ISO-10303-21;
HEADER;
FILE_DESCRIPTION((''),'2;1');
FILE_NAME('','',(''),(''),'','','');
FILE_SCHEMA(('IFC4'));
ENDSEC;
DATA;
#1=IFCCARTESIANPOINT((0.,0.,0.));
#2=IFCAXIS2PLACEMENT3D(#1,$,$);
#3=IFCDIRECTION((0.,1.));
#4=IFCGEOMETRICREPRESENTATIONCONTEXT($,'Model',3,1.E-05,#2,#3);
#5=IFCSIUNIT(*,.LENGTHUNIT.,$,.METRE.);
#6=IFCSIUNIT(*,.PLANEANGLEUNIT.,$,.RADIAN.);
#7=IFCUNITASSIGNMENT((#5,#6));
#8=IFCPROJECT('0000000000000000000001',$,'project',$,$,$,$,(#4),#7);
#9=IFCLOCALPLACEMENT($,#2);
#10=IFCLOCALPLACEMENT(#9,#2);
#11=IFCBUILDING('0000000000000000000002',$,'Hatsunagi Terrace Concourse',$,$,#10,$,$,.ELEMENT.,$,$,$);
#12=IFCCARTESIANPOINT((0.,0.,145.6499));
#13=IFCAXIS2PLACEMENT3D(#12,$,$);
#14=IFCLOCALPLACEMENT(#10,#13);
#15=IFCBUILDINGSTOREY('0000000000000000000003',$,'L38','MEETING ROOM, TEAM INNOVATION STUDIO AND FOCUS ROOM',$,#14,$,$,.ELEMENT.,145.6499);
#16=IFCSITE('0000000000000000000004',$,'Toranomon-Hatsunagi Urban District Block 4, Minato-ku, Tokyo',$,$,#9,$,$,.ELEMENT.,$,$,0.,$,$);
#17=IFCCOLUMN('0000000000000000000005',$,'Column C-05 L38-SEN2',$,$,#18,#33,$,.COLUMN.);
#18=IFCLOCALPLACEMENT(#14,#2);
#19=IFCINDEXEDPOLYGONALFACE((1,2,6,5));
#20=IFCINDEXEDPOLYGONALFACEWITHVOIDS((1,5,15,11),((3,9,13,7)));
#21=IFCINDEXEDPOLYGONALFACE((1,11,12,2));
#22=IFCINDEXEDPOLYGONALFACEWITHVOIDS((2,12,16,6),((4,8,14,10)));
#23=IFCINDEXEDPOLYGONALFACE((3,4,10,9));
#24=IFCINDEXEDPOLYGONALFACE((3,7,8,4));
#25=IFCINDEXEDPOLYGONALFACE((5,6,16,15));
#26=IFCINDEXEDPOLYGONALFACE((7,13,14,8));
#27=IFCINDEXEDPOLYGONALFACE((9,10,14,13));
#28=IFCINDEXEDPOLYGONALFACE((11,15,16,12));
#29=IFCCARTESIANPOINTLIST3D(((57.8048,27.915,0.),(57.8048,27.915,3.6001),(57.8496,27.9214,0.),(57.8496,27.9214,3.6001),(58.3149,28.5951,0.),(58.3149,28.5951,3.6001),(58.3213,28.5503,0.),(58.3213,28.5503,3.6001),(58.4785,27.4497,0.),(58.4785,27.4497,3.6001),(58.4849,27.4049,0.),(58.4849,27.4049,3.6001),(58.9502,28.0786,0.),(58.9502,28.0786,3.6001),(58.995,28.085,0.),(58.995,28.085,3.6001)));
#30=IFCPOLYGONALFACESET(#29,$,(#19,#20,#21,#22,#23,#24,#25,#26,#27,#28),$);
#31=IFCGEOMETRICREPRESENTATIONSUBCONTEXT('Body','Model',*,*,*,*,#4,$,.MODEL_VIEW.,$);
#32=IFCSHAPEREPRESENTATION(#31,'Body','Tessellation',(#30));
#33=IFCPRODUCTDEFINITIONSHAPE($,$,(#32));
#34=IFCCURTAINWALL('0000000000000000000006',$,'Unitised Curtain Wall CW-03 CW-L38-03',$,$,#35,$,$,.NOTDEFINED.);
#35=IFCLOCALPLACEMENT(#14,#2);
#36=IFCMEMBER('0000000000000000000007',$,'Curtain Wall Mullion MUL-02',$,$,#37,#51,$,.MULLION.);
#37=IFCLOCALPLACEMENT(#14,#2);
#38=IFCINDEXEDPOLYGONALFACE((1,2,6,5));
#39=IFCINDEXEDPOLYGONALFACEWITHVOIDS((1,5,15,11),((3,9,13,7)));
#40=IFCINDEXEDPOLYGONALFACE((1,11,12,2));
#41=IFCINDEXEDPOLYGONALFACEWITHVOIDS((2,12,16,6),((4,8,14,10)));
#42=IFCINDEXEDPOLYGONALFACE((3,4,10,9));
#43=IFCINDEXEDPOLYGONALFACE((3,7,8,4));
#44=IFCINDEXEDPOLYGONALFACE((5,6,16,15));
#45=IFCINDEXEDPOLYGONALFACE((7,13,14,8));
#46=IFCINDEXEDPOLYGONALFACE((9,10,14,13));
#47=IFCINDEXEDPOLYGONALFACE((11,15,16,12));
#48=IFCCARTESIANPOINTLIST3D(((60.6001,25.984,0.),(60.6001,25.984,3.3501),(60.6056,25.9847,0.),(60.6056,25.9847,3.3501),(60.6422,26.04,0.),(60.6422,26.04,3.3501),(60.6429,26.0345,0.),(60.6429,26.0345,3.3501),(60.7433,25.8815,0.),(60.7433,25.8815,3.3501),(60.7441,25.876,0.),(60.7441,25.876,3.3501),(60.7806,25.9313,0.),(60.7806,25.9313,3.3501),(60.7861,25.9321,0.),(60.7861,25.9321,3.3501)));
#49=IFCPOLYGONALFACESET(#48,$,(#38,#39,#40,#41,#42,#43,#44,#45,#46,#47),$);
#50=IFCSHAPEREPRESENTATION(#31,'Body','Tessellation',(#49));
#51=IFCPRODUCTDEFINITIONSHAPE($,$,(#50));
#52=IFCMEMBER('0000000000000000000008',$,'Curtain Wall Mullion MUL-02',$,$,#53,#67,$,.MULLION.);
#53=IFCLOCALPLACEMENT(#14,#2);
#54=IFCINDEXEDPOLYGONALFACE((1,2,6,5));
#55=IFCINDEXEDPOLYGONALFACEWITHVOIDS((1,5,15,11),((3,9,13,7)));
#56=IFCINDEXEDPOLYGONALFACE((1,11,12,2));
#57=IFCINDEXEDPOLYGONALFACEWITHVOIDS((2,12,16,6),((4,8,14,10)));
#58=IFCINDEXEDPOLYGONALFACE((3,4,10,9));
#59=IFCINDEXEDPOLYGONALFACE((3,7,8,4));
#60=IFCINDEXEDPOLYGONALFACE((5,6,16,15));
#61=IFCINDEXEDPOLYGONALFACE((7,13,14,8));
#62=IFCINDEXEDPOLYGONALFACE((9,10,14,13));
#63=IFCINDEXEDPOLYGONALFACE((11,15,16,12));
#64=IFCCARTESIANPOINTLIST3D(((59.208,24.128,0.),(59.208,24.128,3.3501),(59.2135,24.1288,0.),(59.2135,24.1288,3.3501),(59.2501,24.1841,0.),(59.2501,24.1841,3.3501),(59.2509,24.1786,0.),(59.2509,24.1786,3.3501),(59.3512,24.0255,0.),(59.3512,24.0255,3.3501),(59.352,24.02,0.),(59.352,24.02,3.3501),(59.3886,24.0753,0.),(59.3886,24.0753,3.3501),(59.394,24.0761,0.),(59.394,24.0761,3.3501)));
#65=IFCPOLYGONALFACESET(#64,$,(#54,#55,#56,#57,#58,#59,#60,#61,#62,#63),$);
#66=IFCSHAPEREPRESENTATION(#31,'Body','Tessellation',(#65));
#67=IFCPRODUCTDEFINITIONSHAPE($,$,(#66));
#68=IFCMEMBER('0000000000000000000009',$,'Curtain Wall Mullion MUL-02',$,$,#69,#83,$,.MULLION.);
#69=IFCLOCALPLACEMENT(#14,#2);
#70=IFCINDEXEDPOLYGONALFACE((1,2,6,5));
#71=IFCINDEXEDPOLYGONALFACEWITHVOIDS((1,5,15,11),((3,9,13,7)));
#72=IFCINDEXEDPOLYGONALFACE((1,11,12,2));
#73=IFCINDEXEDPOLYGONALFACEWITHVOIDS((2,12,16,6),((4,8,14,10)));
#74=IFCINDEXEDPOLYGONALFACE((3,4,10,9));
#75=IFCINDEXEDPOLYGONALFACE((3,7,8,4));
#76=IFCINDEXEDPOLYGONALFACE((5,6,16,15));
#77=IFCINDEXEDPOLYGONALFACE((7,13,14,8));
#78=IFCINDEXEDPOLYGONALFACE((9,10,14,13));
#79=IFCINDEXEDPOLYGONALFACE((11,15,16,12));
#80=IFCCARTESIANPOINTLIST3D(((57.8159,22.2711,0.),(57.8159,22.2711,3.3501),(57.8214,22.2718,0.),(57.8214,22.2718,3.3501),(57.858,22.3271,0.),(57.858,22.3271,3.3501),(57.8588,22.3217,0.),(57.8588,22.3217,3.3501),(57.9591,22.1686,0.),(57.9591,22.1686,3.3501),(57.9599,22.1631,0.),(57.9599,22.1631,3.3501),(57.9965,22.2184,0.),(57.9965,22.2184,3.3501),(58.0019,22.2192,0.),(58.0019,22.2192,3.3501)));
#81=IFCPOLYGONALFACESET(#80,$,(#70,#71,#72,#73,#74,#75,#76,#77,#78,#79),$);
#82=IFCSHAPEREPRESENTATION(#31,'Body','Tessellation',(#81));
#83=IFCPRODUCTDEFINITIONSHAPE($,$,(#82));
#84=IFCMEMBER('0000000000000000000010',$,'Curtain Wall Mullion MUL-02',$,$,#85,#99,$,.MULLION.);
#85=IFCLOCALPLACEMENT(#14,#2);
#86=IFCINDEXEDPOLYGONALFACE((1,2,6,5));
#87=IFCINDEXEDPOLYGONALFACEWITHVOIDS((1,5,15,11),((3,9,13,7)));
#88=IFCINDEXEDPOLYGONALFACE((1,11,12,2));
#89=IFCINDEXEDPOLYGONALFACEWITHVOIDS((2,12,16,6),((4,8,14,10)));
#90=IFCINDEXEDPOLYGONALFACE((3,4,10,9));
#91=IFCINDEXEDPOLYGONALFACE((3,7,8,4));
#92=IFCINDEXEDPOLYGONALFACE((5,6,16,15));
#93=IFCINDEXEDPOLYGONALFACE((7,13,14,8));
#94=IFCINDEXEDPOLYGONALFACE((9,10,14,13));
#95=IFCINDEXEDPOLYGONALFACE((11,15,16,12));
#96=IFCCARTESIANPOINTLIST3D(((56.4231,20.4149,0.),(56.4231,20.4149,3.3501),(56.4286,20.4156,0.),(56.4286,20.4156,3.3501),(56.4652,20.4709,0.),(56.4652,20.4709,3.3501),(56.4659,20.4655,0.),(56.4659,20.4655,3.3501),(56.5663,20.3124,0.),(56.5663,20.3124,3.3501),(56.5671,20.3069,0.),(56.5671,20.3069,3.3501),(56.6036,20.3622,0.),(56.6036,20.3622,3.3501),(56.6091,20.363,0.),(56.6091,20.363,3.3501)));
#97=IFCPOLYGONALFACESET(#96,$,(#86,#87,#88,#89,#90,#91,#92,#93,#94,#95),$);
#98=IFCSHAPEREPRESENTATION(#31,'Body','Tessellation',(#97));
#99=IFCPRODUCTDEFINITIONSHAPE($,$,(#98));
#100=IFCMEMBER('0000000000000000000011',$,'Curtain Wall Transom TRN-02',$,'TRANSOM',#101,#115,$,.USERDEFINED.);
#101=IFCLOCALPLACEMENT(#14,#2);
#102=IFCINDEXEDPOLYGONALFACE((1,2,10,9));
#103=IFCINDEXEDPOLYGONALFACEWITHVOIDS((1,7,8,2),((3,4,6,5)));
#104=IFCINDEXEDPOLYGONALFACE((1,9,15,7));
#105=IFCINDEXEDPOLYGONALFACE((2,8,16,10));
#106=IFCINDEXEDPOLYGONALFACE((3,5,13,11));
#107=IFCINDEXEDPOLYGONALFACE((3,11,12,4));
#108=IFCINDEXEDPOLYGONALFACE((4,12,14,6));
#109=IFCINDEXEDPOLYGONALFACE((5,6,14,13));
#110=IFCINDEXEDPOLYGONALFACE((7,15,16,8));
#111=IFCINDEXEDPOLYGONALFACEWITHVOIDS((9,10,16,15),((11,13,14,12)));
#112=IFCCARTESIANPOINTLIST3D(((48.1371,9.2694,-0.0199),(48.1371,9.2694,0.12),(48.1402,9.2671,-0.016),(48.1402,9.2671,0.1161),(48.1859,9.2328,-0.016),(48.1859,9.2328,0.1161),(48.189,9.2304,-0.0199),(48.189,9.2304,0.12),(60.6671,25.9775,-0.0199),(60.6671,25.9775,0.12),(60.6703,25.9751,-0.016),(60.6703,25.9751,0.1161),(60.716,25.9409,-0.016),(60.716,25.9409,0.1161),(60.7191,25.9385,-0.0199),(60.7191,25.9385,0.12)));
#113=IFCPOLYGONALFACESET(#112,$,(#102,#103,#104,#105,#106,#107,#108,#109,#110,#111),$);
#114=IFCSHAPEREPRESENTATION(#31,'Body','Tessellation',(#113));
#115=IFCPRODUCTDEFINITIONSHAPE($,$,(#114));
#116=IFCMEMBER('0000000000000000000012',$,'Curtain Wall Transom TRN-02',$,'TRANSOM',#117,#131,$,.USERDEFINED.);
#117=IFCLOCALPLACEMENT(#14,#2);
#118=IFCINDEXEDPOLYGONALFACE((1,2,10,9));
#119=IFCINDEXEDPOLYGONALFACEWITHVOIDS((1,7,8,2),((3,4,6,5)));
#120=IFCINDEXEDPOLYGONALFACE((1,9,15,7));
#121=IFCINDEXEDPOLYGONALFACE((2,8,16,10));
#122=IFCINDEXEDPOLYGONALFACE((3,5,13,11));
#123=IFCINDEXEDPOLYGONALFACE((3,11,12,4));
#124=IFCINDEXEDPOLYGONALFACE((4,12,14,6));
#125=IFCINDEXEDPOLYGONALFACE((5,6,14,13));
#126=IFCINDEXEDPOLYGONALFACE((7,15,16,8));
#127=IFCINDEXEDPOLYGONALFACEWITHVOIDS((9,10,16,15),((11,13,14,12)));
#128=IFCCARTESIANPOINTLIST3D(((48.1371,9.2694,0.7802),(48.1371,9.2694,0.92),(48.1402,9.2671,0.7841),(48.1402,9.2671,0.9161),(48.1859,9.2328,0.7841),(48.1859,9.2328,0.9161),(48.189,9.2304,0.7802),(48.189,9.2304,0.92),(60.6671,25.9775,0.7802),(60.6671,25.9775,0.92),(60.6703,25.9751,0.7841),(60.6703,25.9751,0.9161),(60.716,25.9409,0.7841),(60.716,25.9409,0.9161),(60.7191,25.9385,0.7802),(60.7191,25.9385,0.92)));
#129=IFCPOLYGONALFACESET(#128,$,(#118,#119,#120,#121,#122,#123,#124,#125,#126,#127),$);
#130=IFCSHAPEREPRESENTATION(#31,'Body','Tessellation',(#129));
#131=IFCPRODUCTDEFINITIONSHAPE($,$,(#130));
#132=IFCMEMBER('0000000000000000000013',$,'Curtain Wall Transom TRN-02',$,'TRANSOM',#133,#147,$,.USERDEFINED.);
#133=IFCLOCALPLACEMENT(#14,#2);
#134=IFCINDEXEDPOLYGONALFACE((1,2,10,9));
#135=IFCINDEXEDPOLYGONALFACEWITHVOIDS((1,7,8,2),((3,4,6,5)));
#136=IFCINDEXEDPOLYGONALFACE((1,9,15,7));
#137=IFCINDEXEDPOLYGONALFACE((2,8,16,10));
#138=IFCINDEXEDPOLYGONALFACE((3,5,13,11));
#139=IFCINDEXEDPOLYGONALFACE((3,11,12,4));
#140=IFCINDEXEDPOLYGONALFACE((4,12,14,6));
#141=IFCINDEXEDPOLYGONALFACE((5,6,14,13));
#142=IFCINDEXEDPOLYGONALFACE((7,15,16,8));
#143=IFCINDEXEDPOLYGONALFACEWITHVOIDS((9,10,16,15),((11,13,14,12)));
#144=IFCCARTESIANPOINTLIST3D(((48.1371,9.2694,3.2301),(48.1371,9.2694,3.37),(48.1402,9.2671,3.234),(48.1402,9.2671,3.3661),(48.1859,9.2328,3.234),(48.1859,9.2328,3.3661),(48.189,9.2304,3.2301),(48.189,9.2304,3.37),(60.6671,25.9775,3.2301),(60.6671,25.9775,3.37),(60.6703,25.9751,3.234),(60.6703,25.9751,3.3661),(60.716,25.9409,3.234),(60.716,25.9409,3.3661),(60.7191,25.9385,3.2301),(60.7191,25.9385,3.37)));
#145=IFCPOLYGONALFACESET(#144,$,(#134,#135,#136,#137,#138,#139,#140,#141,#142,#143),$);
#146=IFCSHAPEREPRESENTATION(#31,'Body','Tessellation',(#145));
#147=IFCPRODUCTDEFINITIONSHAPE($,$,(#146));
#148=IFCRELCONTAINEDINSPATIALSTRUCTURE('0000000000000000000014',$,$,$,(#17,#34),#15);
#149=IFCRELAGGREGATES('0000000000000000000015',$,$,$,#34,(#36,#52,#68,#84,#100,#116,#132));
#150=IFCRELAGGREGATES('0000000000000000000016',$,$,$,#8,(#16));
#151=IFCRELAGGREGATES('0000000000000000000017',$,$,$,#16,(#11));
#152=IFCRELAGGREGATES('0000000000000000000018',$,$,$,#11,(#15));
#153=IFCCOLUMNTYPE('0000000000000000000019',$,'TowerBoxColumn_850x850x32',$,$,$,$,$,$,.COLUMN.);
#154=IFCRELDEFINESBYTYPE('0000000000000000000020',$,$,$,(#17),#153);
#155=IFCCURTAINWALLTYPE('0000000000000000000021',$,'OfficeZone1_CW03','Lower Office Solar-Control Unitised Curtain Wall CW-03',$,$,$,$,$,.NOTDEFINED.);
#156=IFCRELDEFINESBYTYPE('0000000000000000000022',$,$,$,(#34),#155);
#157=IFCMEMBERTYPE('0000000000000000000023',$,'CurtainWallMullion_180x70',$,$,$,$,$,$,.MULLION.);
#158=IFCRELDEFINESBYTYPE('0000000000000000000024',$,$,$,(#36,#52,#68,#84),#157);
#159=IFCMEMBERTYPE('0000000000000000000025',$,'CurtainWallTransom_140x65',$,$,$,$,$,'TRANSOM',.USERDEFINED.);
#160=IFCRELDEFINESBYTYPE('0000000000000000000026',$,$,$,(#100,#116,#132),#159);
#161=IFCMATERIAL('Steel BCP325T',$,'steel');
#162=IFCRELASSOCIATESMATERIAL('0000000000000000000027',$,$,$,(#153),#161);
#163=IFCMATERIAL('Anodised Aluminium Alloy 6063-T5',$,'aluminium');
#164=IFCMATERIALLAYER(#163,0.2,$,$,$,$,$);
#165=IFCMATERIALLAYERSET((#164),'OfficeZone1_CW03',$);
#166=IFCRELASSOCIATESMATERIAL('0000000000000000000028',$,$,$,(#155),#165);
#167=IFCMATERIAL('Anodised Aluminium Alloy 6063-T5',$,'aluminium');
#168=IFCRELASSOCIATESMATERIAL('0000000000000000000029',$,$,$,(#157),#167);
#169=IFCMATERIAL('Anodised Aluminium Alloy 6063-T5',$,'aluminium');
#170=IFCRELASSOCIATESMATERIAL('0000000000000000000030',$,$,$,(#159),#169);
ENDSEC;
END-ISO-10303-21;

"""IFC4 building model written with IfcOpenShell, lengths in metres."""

from ifc_helpers import new_model, si_unit, direction, frame, origin, origin_2d, place, context, subcontext, project, spatial, hollow_rectangle, extrude, material, layer, layer_set, material_profile, profile_set, type_object, element, aggregate, save


model = new_model("IFC4")

# Units and contexts
model_context = context("Model", 3, precision=1e-05, world=origin(), true_north=direction((0.0, 1.0)))
body_context = subcontext(model_context, "Body", "Model", "MODEL_VIEW")
ifc_project = project(units=[si_unit("LENGTHUNIT", "METRE"), si_unit("PLANEANGLEUNIT", "RADIAN")], contexts=[model_context])

# Site, building, storey
site_placement = place(None, origin())
site = spatial("IfcSite", under=ifc_project, at=site_placement, Name="Toranomon-Hatsunagi Urban District Block 4, Minato-ku, Tokyo", CompositionType="ELEMENT", RefElevation=0.0)
building_placement = place(site_placement, origin())
building = spatial("IfcBuilding", under=site, at=building_placement, Name="Hatsunagi Terrace Concourse", CompositionType="ELEMENT")
storey_placement = place(building_placement, frame((0.0, 0.0, 145.6499)))
storey = spatial("IfcBuildingStorey", under=building, at=storey_placement, Name="L38", Description="MEETING ROOM, TEAM INNOVATION STUDIO AND FOCUS ROOM", CompositionType="ELEMENT", Elevation=145.6499)

# Column
ifc_material_1 = material(Name="Steel BCP325T", Category="steel")
ifc_material_profile_1 = material_profile(ifc_material_1, hollow_rectangle(XDim=0.8501, YDim=0.8501, WallThickness=0.032, at=origin_2d()), Name="BCP-850x850x32")
ifc_profile_set_1 = profile_set([ifc_material_profile_1], Name="Steel BCP325T")
column_type = type_object("IfcColumnType", Name="TowerBoxColumn_850x850x32", PredefinedType="COLUMN", material=ifc_profile_set_1)
column_placement = place(storey_placement, frame((58.3999, 28.0, 0.0), z_axis=(0.0, 0.0, 1.0), x_axis=(0.8, -0.6, 0.0)))
element("IfcColumn", 1, at=column_placement, inside=storey, type_object=column_type, Name="Column C-05 L38-SEN2", PredefinedType="COLUMN", context=body_context, shape_type="SweptSolid", body=[
    extrude(hollow_rectangle(XDim=0.8501, YDim=0.8501, WallThickness=0.032, at=origin_2d()), origin(), (0.0, 0.0, 1.0), 3.6001),
])

# Curtain wall, members
ifc_material_2 = material(Name="Anodised Aluminium Alloy 6063-T5", Category="aluminium")
ifc_layer_1 = layer(ifc_material_2, 0.2)
ifc_layer_set_1 = layer_set([ifc_layer_1], Name="OfficeZone1_CW03")
curtain_wall_type = type_object("IfcCurtainWallType", Name="OfficeZone1_CW03", Description="Lower Office Solar-Control Unitised Curtain Wall CW-03", PredefinedType="NOTDEFINED", material=ifc_layer_set_1)
curtain_wall_placement = place(storey_placement, origin())
curtain_wall = element("IfcCurtainWall", 2, at=curtain_wall_placement, inside=storey, type_object=curtain_wall_type, Name="Unitised Curtain Wall CW-03 CW-L38-03", PredefinedType="NOTDEFINED")
ifc_material_3 = material(Name="Anodised Aluminium Alloy 6063-T5", Category="aluminium")
ifc_material_profile_2 = material_profile(ifc_material_3, hollow_rectangle(XDim=0.0701, YDim=0.1799, WallThickness=0.0039, at=origin_2d()), Name="ALU-MUL-180x70x4")
ifc_profile_set_2 = profile_set([ifc_material_profile_2], Name="Anodised Aluminium Alloy 6063-T5")
member_type_1 = type_object("IfcMemberType", Name="CurtainWallMullion_180x70", PredefinedType="MULLION", material=ifc_profile_set_2)
member_1_placement = place(storey_placement, frame((60.6931, 25.958, 0.0), z_axis=(0.0, 0.0, 1.0), x_axis=(-0.599969, -0.800023, 0.0)))
member_1 = element("IfcMember", 3, at=member_1_placement, type_object=member_type_1, Name="Curtain Wall Mullion MUL-02", PredefinedType="MULLION", context=body_context, shape_type="SweptSolid", body=[
    extrude(hollow_rectangle(XDim=0.0701, YDim=0.1799, WallThickness=0.0039, at=origin_2d()), origin(), (0.0, 0.0, 1.0), 3.3501),
])
member_2_placement = place(storey_placement, frame((59.301, 24.1021, 0.0), z_axis=(0.0, 0.0, 1.0), x_axis=(-0.599969, -0.800023, 0.0)))
member_2 = element("IfcMember", 4, at=member_2_placement, type_object=member_type_1, Name="Curtain Wall Mullion MUL-02", PredefinedType="MULLION", context=body_context, shape_type="SweptSolid", body=[
    extrude(hollow_rectangle(XDim=0.0701, YDim=0.1799, WallThickness=0.0039, at=origin_2d()), origin(), (0.0, 0.0, 1.0), 3.3501),
])
member_3_placement = place(storey_placement, frame((57.9089, 22.2451, 0.0), z_axis=(0.0, 0.0, 1.0), x_axis=(-0.599969, -0.800023, 0.0)))
member_3 = element("IfcMember", 5, at=member_3_placement, type_object=member_type_1, Name="Curtain Wall Mullion MUL-02", PredefinedType="MULLION", context=body_context, shape_type="SweptSolid", body=[
    extrude(hollow_rectangle(XDim=0.0701, YDim=0.1799, WallThickness=0.0039, at=origin_2d()), origin(), (0.0, 0.0, 1.0), 3.3501),
])
member_4_placement = place(storey_placement, frame((56.5161, 20.3889, 0.0), z_axis=(0.0, 0.0, 1.0), x_axis=(-0.599969, -0.800023, 0.0)))
member_4 = element("IfcMember", 6, at=member_4_placement, type_object=member_type_1, Name="Curtain Wall Mullion MUL-02", PredefinedType="MULLION", context=body_context, shape_type="SweptSolid", body=[
    extrude(hollow_rectangle(XDim=0.0701, YDim=0.1799, WallThickness=0.0039, at=origin_2d()), origin(), (0.0, 0.0, 1.0), 3.3501),
])
ifc_material_4 = material(Name="Anodised Aluminium Alloy 6063-T5", Category="aluminium")
ifc_material_profile_3 = material_profile(ifc_material_4, hollow_rectangle(XDim=0.0649, YDim=0.1399, WallThickness=0.0039, at=origin_2d()), Name="ALU-TRN-140x65x4")
ifc_profile_set_3 = profile_set([ifc_material_profile_3], Name="Anodised Aluminium Alloy 6063-T5")
member_type_2 = type_object("IfcMemberType", Name="CurtainWallTransom_140x65", ElementType="TRANSOM", PredefinedType="USERDEFINED", material=ifc_profile_set_3)
member_5_placement = place(storey_placement, frame((60.6931, 25.958, 0.05), z_axis=(-0.59997, -0.800022, 0.0), x_axis=(0.800022, -0.59997, 0.0)))
member_5 = element("IfcMember", 7, at=member_5_placement, type_object=member_type_2, Name="Curtain Wall Transom TRN-02", ObjectType="TRANSOM", PredefinedType="USERDEFINED", context=body_context, shape_type="SweptSolid", body=[
    extrude(hollow_rectangle(XDim=0.0649, YDim=0.1399, WallThickness=0.0039, at=origin_2d()), origin(), (0.0, 0.0, 1.0), 20.8845),
])
member_6_placement = place(storey_placement, frame((60.6931, 25.958, 0.8501), z_axis=(-0.59997, -0.800022, 0.0), x_axis=(0.800022, -0.59997, 0.0)))
member_6 = element("IfcMember", 8, at=member_6_placement, type_object=member_type_2, Name="Curtain Wall Transom TRN-02", ObjectType="TRANSOM", PredefinedType="USERDEFINED", context=body_context, shape_type="SweptSolid", body=[
    extrude(hollow_rectangle(XDim=0.0649, YDim=0.1399, WallThickness=0.0039, at=origin_2d()), origin(), (0.0, 0.0, 1.0), 20.8845),
])
member_7_placement = place(storey_placement, frame((60.6931, 25.958, 3.3), z_axis=(-0.59997, -0.800022, 0.0), x_axis=(0.800022, -0.59997, 0.0)))
member_7 = element("IfcMember", 9, at=member_7_placement, type_object=member_type_2, Name="Curtain Wall Transom TRN-02", ObjectType="TRANSOM", PredefinedType="USERDEFINED", context=body_context, shape_type="SweptSolid", body=[
    extrude(hollow_rectangle(XDim=0.0649, YDim=0.1399, WallThickness=0.0039, at=origin_2d()), origin(), (0.0, 0.0, 1.0), 20.8845),
])

aggregate(curtain_wall, [member_1, member_2, member_3, member_4, member_5, member_6, member_7])

save(model, "model.ifc")
